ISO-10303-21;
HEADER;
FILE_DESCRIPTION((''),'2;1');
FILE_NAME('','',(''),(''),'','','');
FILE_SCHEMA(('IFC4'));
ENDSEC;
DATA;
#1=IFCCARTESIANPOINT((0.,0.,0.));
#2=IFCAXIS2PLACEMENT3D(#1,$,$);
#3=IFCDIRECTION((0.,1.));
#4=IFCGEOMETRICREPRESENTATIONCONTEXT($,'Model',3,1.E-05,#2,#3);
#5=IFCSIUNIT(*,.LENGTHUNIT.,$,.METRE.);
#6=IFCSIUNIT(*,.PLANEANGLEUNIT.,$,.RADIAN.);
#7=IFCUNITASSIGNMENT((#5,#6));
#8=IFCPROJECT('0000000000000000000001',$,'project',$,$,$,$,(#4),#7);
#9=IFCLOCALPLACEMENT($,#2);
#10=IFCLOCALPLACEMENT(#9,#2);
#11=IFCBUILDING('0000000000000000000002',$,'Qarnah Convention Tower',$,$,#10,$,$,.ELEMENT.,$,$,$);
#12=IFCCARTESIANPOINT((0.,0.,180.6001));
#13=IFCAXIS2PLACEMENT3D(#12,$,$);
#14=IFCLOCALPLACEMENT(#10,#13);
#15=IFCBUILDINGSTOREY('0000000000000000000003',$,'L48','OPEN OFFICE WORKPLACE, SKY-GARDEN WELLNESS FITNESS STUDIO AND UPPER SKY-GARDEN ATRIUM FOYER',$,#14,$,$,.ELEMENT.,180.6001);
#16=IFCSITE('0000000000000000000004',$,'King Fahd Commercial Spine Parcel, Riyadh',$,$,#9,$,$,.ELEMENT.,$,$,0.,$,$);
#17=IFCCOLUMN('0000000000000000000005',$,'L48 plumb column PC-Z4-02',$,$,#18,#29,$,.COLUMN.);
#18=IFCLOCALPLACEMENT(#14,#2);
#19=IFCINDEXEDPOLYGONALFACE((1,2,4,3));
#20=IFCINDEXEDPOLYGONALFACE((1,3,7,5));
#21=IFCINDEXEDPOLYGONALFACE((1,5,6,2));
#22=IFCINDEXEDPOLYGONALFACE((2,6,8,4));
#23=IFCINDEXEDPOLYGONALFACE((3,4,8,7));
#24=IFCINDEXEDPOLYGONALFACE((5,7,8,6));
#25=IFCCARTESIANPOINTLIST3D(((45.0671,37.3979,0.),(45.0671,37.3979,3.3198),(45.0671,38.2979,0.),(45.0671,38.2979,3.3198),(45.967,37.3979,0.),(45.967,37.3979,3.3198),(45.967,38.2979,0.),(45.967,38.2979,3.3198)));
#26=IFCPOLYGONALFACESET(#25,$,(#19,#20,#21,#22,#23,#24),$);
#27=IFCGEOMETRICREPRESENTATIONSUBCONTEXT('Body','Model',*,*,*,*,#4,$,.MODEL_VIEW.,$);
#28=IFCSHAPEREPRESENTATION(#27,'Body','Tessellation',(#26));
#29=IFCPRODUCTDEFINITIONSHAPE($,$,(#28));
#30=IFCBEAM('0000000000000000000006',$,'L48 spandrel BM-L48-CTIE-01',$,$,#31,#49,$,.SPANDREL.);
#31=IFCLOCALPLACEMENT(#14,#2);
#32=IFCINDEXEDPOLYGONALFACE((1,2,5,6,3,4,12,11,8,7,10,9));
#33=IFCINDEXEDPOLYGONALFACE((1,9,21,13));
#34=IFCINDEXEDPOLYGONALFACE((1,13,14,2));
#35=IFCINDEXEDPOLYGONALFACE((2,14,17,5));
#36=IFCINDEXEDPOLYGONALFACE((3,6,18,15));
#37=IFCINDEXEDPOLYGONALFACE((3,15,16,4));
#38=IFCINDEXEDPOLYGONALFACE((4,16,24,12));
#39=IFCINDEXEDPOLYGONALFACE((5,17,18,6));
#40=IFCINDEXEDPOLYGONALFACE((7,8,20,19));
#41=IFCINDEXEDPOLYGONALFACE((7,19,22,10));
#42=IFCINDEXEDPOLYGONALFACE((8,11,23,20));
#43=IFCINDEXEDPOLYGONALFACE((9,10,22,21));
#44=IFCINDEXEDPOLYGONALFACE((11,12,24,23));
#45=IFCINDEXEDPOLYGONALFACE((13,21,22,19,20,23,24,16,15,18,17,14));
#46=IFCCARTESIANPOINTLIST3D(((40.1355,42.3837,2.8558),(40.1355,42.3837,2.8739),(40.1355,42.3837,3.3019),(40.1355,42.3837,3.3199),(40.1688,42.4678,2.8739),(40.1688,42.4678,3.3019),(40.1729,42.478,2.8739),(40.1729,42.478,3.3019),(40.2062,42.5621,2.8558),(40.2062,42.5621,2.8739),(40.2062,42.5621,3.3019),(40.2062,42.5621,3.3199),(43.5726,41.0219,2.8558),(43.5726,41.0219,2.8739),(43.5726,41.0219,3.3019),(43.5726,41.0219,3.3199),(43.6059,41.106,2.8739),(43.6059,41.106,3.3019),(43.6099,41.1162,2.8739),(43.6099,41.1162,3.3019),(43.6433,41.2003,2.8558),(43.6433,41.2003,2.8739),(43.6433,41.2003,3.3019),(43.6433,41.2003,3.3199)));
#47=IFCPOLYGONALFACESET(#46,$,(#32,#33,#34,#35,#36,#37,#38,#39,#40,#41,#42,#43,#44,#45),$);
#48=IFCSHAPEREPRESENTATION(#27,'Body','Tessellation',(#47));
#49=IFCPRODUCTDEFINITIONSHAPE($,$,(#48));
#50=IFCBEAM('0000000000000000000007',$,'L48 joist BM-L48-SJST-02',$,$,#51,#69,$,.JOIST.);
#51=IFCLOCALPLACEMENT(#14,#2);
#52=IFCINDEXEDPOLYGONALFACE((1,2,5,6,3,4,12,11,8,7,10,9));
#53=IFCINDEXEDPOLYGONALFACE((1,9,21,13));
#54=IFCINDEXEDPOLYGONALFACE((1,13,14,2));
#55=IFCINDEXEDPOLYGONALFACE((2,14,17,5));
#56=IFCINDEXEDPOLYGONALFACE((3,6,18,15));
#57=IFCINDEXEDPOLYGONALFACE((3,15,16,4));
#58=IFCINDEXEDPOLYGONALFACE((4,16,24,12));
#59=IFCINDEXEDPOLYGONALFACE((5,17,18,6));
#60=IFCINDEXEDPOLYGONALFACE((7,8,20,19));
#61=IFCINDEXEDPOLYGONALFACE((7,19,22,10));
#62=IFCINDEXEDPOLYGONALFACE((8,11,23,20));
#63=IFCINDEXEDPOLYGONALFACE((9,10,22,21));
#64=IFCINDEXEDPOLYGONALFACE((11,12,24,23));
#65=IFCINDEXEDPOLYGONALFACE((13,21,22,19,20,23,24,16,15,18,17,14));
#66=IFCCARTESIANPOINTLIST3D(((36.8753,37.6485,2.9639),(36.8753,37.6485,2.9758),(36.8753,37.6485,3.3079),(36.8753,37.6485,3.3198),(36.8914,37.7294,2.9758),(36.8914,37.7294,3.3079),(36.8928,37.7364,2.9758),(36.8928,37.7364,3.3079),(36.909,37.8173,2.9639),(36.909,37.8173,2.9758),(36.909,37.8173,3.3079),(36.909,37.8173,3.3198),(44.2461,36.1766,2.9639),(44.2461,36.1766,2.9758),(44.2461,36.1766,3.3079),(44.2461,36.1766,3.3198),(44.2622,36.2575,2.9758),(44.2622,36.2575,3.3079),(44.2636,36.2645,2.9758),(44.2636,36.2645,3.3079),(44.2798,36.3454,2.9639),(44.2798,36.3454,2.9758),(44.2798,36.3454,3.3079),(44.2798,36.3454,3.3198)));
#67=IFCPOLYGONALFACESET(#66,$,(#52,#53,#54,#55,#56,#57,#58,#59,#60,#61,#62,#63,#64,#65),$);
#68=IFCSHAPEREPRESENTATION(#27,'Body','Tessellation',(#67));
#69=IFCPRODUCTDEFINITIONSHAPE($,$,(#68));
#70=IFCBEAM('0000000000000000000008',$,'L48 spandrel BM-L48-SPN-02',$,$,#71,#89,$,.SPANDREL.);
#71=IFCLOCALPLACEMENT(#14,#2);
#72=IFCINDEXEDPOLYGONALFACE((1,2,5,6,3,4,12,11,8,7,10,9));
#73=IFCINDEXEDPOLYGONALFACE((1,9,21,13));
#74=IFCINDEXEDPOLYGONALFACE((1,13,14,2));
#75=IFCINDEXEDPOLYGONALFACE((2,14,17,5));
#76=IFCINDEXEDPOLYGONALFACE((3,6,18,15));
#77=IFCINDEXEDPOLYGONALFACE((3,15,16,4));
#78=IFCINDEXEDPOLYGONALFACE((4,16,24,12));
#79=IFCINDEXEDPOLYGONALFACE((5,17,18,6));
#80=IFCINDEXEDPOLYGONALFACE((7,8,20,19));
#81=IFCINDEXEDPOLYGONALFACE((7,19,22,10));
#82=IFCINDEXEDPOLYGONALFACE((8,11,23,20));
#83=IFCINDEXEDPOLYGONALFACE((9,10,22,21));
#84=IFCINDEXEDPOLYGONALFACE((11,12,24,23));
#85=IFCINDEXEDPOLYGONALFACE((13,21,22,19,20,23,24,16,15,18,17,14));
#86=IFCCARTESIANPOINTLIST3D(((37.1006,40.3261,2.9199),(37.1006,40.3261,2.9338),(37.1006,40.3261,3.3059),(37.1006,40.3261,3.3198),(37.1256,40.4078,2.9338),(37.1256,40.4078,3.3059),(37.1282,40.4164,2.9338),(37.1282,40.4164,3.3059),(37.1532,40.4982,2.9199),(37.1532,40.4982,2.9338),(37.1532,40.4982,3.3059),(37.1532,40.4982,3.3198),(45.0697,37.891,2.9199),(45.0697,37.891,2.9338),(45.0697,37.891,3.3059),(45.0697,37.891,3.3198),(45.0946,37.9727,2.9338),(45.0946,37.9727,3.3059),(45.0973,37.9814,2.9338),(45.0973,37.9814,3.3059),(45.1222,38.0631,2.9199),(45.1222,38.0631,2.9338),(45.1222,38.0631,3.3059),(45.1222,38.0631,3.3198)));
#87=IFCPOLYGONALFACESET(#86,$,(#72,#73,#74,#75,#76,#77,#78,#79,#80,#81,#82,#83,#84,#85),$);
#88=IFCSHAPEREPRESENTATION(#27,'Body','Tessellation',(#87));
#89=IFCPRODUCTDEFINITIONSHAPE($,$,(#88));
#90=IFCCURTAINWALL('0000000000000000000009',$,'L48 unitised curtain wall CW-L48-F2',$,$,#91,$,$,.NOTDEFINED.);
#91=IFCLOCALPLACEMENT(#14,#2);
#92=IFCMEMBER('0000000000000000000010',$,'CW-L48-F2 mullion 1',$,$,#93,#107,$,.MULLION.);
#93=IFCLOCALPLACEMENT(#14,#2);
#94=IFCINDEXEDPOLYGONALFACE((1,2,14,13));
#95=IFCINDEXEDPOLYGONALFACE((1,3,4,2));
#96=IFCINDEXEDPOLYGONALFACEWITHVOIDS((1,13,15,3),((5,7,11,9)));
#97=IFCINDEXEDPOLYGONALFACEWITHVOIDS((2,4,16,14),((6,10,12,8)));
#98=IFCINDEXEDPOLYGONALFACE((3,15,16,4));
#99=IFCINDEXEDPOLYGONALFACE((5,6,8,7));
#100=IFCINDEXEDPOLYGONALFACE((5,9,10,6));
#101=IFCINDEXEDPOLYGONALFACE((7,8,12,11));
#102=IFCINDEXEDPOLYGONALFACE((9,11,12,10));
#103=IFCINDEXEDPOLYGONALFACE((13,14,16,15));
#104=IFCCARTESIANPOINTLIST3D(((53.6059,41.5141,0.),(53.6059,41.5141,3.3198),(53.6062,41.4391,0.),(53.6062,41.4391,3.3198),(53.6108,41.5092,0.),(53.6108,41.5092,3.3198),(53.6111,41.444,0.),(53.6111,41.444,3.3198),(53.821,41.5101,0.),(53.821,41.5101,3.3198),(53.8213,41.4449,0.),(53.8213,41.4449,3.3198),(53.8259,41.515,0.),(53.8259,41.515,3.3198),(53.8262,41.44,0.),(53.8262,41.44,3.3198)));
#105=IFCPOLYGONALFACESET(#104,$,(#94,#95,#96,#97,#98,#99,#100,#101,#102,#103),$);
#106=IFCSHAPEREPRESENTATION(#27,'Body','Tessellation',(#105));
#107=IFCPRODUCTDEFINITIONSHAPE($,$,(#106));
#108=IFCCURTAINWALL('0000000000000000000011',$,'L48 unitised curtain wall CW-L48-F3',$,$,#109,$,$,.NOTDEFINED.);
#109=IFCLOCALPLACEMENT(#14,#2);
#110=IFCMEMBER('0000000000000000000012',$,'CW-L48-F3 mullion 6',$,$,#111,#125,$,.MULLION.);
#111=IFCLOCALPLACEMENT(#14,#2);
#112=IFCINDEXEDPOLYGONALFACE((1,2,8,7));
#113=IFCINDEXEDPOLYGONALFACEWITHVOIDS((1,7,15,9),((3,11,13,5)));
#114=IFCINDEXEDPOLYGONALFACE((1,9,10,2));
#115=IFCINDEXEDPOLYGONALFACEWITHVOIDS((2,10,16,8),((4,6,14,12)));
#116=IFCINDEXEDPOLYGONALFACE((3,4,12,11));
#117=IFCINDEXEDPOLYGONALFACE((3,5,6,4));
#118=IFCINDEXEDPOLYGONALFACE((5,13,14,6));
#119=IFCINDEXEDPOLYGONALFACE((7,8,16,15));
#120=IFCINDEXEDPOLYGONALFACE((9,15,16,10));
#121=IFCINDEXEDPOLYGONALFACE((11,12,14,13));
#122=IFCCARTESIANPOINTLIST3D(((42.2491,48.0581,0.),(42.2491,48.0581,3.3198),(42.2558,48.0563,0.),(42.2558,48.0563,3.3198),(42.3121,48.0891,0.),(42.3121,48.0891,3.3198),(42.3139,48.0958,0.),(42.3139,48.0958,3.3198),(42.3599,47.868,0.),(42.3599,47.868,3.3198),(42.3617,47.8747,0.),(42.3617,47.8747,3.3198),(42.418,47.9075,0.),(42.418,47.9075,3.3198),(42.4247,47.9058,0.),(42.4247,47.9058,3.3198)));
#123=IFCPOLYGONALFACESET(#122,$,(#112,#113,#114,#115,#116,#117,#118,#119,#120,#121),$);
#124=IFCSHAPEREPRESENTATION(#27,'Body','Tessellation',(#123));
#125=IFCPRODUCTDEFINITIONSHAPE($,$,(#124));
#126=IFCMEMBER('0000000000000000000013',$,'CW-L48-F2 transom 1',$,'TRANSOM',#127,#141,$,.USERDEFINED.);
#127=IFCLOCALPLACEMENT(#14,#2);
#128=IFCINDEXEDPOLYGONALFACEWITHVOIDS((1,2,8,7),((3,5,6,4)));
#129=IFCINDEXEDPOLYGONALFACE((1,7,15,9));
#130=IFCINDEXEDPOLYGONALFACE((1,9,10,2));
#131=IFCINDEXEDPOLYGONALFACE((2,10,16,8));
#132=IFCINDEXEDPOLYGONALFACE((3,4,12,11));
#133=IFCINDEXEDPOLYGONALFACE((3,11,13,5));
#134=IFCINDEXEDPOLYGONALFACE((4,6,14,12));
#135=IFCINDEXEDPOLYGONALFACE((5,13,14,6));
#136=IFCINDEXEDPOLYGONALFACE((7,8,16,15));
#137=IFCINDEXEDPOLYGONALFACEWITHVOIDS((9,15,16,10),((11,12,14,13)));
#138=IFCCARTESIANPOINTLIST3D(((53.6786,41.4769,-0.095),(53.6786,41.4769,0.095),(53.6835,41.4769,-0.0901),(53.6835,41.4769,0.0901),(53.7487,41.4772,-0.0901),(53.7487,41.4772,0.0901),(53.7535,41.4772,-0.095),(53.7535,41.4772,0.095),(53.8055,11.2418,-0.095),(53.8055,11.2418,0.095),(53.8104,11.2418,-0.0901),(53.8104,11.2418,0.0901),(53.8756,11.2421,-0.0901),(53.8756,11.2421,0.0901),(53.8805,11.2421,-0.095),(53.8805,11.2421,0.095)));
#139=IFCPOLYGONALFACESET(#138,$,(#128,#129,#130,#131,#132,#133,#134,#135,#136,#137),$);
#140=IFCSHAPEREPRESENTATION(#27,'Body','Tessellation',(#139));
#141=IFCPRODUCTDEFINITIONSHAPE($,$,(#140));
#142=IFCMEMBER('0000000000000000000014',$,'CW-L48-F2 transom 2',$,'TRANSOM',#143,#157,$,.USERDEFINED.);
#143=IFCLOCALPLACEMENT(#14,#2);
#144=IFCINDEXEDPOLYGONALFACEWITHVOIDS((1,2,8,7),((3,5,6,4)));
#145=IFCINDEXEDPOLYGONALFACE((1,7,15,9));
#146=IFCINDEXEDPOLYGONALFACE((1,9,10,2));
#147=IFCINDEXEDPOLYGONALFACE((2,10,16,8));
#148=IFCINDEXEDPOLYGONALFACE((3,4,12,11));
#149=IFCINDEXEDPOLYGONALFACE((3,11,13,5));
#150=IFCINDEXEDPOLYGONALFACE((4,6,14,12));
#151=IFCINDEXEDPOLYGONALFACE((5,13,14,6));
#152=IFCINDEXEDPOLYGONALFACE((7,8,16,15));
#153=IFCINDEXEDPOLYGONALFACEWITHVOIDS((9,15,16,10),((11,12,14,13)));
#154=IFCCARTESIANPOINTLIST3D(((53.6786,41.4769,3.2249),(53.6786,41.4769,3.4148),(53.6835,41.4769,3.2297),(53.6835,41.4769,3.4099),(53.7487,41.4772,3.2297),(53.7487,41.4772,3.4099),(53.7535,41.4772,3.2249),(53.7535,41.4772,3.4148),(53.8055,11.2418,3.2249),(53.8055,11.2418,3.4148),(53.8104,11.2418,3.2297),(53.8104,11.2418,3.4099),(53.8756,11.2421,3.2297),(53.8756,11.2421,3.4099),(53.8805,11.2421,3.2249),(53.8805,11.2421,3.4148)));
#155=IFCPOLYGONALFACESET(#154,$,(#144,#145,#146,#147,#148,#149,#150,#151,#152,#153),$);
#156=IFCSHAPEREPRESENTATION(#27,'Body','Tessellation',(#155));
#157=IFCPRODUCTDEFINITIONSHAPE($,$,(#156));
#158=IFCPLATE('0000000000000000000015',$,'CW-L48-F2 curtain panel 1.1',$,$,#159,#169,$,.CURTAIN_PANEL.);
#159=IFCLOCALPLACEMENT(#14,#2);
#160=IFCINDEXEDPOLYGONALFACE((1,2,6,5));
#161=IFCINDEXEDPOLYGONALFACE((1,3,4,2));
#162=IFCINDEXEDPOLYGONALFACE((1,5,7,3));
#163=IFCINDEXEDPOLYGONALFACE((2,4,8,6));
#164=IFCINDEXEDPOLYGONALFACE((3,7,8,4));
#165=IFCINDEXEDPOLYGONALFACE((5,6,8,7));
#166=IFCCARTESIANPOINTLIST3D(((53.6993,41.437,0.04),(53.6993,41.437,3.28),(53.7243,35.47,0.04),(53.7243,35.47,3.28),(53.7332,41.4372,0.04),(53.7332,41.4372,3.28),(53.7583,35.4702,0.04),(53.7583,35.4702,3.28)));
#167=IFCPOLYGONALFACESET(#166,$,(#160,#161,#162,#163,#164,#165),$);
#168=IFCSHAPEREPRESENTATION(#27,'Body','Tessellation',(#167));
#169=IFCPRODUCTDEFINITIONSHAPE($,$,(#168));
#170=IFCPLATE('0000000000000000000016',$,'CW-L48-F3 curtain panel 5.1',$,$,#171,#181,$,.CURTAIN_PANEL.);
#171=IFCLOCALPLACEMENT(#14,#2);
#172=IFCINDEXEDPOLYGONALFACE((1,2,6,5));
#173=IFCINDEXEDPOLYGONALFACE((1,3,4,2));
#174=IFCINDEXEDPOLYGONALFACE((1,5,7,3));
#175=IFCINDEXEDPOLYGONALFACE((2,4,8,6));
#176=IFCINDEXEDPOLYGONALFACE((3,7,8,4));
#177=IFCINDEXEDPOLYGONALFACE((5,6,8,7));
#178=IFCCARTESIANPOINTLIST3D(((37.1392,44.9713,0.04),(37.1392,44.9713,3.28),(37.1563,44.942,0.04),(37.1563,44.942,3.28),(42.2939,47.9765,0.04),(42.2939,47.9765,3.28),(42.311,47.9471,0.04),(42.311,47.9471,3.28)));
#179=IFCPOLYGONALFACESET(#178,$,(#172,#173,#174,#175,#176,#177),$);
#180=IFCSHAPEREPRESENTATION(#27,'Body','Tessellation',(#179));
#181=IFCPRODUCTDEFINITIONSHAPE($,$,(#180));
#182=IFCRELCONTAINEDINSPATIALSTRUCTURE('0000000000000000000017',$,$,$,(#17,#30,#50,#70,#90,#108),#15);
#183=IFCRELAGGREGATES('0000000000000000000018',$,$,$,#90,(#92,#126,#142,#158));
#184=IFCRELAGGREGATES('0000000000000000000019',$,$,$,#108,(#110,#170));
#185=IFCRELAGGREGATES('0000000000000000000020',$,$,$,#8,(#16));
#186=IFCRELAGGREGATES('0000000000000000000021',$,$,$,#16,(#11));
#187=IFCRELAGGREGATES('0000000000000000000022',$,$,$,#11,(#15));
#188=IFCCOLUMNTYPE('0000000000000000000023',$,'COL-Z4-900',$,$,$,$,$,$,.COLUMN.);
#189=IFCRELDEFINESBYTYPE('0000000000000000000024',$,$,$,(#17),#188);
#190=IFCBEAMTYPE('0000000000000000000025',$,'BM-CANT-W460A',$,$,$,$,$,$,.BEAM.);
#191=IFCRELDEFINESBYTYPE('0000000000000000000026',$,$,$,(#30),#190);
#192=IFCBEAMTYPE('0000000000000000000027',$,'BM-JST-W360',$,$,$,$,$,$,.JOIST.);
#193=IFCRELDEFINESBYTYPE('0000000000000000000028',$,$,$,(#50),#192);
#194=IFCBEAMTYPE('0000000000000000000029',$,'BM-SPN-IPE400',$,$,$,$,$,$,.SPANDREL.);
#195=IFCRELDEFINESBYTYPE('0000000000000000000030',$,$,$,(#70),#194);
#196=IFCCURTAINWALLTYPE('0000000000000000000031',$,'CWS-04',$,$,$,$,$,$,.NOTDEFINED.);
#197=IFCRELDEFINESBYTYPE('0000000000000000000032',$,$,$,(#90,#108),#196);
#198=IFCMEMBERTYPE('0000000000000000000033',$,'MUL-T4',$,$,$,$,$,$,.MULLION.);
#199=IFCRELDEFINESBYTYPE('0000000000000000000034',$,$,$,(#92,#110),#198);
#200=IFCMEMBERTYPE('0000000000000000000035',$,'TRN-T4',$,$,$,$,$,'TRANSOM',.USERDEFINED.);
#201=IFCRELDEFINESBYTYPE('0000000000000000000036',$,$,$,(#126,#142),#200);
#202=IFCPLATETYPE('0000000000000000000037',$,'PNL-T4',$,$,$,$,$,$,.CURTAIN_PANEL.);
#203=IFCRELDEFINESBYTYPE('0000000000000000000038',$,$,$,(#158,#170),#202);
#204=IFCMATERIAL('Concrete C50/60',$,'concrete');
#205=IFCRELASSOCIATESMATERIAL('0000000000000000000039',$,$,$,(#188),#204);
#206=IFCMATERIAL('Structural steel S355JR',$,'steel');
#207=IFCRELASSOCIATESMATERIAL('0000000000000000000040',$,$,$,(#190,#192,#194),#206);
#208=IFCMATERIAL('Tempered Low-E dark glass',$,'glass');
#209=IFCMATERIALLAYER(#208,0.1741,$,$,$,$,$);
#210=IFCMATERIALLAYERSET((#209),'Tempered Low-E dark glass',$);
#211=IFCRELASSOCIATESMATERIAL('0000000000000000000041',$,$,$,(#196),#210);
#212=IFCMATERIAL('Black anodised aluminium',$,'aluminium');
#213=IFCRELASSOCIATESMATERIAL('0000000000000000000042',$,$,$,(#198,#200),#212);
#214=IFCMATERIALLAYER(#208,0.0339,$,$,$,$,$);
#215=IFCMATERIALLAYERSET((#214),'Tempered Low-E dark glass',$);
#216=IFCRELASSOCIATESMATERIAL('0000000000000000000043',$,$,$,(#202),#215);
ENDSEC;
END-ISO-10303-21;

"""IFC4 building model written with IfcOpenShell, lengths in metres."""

from ifc_helpers import new_model, si_unit, direction, frame, origin, origin_2d, place, context, subcontext, project, spatial, rectangle, hollow_rectangle, i_section, extrude, material, layer, layer_set, material_profile, profile_set, type_object, element, aggregate, save


model = new_model("IFC4")

# Units and contexts
model_context = context("Model", 3, precision=1e-05, world=origin(), true_north=direction((0.0, 1.0)))
body_context = subcontext(model_context, "Body", "Model", "MODEL_VIEW")
ifc_project = project(units=[si_unit("LENGTHUNIT", "METRE"), si_unit("PLANEANGLEUNIT", "RADIAN")], contexts=[model_context])

# Site, building, storey
site_placement = place(None, origin())
site = spatial("IfcSite", under=ifc_project, at=site_placement, Name="King Fahd Commercial Spine Parcel, Riyadh", CompositionType="ELEMENT", RefElevation=0.0)
building_placement = place(site_placement, origin())
building = spatial("IfcBuilding", under=site, at=building_placement, Name="Qarnah Convention Tower", CompositionType="ELEMENT")
storey_placement = place(building_placement, frame((0.0, 0.0, 180.6001)))
storey = spatial("IfcBuildingStorey", under=building, at=storey_placement, Name="L48", Description="OPEN OFFICE WORKPLACE, SKY-GARDEN WELLNESS FITNESS STUDIO AND UPPER SKY-GARDEN ATRIUM FOYER", CompositionType="ELEMENT", Elevation=180.6001)

# Column
ifc_material_1 = material(Name="Concrete C50/60", Category="concrete")
ifc_material_profile_1 = material_profile(ifc_material_1, rectangle(XDim=0.8999, YDim=0.8999, at=origin_2d()), Name="RC-COL-900X900")
ifc_profile_set_1 = profile_set([ifc_material_profile_1], Name="Concrete C50/60")
column_type = type_object("IfcColumnType", Name="COL-Z4-900", PredefinedType="COLUMN", material=ifc_profile_set_1)
column_placement = place(storey_placement, frame((45.5171, 37.8479, 0.0), z_axis=(0.0, 0.0, 1.0), x_axis=(1.0, 0.0, 0.0)))
element("IfcColumn", 1, at=column_placement, inside=storey, type_object=column_type, Name="L48 plumb column PC-Z4-02", PredefinedType="COLUMN", context=body_context, shape_type="SweptSolid", body=[
    extrude(rectangle(XDim=0.8999, YDim=0.8999, at=origin_2d()), origin(), (0.0, 0.0, 1.0), 3.3198),
])

# Beams
ifc_material_2 = material(Name="Structural steel S355JR", Category="steel")
ifc_material_profile_2 = material_profile(ifc_material_2, i_section(OverallWidth=0.1919, OverallDepth=0.4641, WebThickness=0.011, FlangeThickness=0.0181, at=origin_2d()), Name="W460X89")
ifc_profile_set_2 = profile_set([ifc_material_profile_2], Name="Structural steel S355JR")
beam_type_1 = type_object("IfcBeamType", Name="BM-CANT-W460A", PredefinedType="BEAM", material=ifc_profile_set_2)
beam_1_placement = place(storey_placement, frame((43.6079, 41.1111, 3.0879), z_axis=(-0.929683, 0.36836, 0.0), x_axis=(-0.36836, -0.929683, 0.0)))
element("IfcBeam", 2, at=beam_1_placement, inside=storey, type_object=beam_type_1, Name="L48 spandrel BM-L48-CTIE-01", PredefinedType="SPANDREL", context=body_context, shape_type="SweptSolid", body=[
    extrude(i_section(OverallWidth=0.1919, OverallDepth=0.4641, WebThickness=0.011, FlangeThickness=0.0181, at=origin_2d()), origin(), (0.0, 0.0, 1.0), 3.697),
])
ifc_material_profile_3 = material_profile(ifc_material_2, i_section(OverallWidth=0.1721, OverallDepth=0.356, WebThickness=0.0071, FlangeThickness=0.012, at=origin_2d()), Name="W360X51")
ifc_profile_set_3 = profile_set([ifc_material_profile_3], Name="Structural steel S355JR")
beam_type_2 = type_object("IfcBeamType", Name="BM-JST-W360", PredefinedType="JOIST", material=ifc_profile_set_3)
beam_2_placement = place(storey_placement, frame((44.2629, 36.261, 3.1418), z_axis=(-0.980638, 0.195829, 0.0), x_axis=(-0.195829, -0.980638, 0.0)))
element("IfcBeam", 3, at=beam_2_placement, inside=storey, type_object=beam_type_2, Name="L48 joist BM-L48-SJST-02", PredefinedType="JOIST", context=body_context, shape_type="SweptSolid", body=[
    extrude(i_section(OverallWidth=0.1721, OverallDepth=0.356, WebThickness=0.0071, FlangeThickness=0.012, at=origin_2d()), origin(), (0.0, 0.0, 1.0), 7.5164),
])
ifc_material_profile_4 = material_profile(ifc_material_2, i_section(OverallWidth=0.1799, OverallDepth=0.3999, WebThickness=0.009, FlangeThickness=0.0139, at=origin_2d()), Name="IPE400")
ifc_profile_set_4 = profile_set([ifc_material_profile_4], Name="Structural steel S355JR")
beam_type_3 = type_object("IfcBeamType", Name="BM-SPN-IPE400", PredefinedType="SPANDREL", material=ifc_profile_set_4)
beam_3_placement = place(storey_placement, frame((45.0959, 37.9771, 3.1199), z_axis=(-0.956349, 0.292228, 0.0), x_axis=(-0.292228, -0.956349, 0.0)))
element("IfcBeam", 4, at=beam_3_placement, inside=storey, type_object=beam_type_3, Name="L48 spandrel BM-L48-SPN-02", PredefinedType="SPANDREL", context=body_context, shape_type="SweptSolid", body=[
    extrude(i_section(OverallWidth=0.1799, OverallDepth=0.3999, WebThickness=0.009, FlangeThickness=0.0139, at=origin_2d()), origin(), (0.0, 0.0, 1.0), 8.3328),
])

# Curtain walls, members
ifc_material_3 = material(Name="Tempered Low-E dark glass", Category="glass")
ifc_layer_1 = layer(ifc_material_3, 0.1741)
ifc_layer_set_1 = layer_set([ifc_layer_1], Name="Tempered Low-E dark glass")
curtain_wall_type = type_object("IfcCurtainWallType", Name="CWS-04", PredefinedType="NOTDEFINED", material=ifc_layer_set_1)
curtain_wall_1_placement = place(storey_placement, origin())
curtain_wall_1 = element("IfcCurtainWall", 5, at=curtain_wall_1_placement, inside=storey, type_object=curtain_wall_type, Name="L48 unitised curtain wall CW-L48-F2", PredefinedType="NOTDEFINED")
ifc_material_4 = material(Name="Black anodised aluminium", Category="aluminium")
ifc_material_profile_5 = material_profile(ifc_material_4, hollow_rectangle(XDim=0.075, YDim=0.22, WallThickness=0.0049, at=origin_2d()), Name="MUL-75X220")
ifc_profile_set_5 = profile_set([ifc_material_profile_5], Name="Black anodised aluminium")
member_type_1 = type_object("IfcMemberType", Name="MUL-T4", PredefinedType="MULLION", material=ifc_profile_set_5)
member_1_placement = place(storey_placement, frame((53.7161, 41.4771, 0.0), z_axis=(0.0, 0.0, 1.0), x_axis=(0.0042, -0.999991, 0.0)))
member_1 = element("IfcMember", 6, at=member_1_placement, type_object=member_type_1, Name="CW-L48-F2 mullion 1", PredefinedType="MULLION", context=body_context, shape_type="SweptSolid", body=[
    extrude(hollow_rectangle(XDim=0.075, YDim=0.22, WallThickness=0.0049, at=origin_2d()), origin(), (0.0, 0.0, 1.0), 3.3198),
])
curtain_wall_2_placement = place(storey_placement, origin())
curtain_wall_2 = element("IfcCurtainWall", 7, at=curtain_wall_2_placement, inside=storey, type_object=curtain_wall_type, Name="L48 unitised curtain wall CW-L48-F3", PredefinedType="NOTDEFINED")
member_2_placement = place(storey_placement, frame((42.3369, 47.9819, 0.0), z_axis=(0.0, 0.0, 1.0), x_axis=(0.86391, 0.503647, 0.0)))
member_2 = element("IfcMember", 8, at=member_2_placement, type_object=member_type_1, Name="CW-L48-F3 mullion 6", PredefinedType="MULLION", context=body_context, shape_type="SweptSolid", body=[
    extrude(hollow_rectangle(XDim=0.075, YDim=0.22, WallThickness=0.0049, at=origin_2d()), origin(), (0.0, 0.0, 1.0), 3.3198),
])

# Members
ifc_material_profile_6 = material_profile(ifc_material_4, hollow_rectangle(XDim=0.075, YDim=0.1899, WallThickness=0.0049, at=origin_2d()), Name="TRN-75X190")
ifc_profile_set_6 = profile_set([ifc_material_profile_6], Name="Black anodised aluminium")
member_type_2 = type_object("IfcMemberType", Name="TRN-T4", ElementType="TRANSOM", PredefinedType="USERDEFINED", material=ifc_profile_set_6)
member_3_placement = place(storey_placement, frame((53.7161, 41.4771, 0.0), z_axis=(0.004199, -0.999991, 0.0), x_axis=(0.999991, 0.004199, 0.0)))
member_3 = element("IfcMember", 9, at=member_3_placement, type_object=member_type_2, Name="CW-L48-F2 transom 1", ObjectType="TRANSOM", PredefinedType="USERDEFINED", context=body_context, shape_type="SweptSolid", body=[
    extrude(hollow_rectangle(XDim=0.075, YDim=0.1899, WallThickness=0.0049, at=origin_2d()), origin(), (0.0, 0.0, 1.0), 30.2354),
])
member_4_placement = place(storey_placement, frame((53.7161, 41.4771, 3.3198), z_axis=(0.004199, -0.999991, 0.0), x_axis=(0.999991, 0.004199, 0.0)))
member_4 = element("IfcMember", 10, at=member_4_placement, type_object=member_type_2, Name="CW-L48-F2 transom 2", ObjectType="TRANSOM", PredefinedType="USERDEFINED", context=body_context, shape_type="SweptSolid", body=[
    extrude(hollow_rectangle(XDim=0.075, YDim=0.1899, WallThickness=0.0049, at=origin_2d()), origin(), (0.0, 0.0, 1.0), 30.2354),
])

# Plates
ifc_layer_2 = layer(ifc_material_3, 0.0339)
ifc_layer_set_2 = layer_set([ifc_layer_2], Name="Tempered Low-E dark glass")
plate_type_1 = type_object("IfcPlateType", Name="PNL-T4", PredefinedType="CURTAIN_PANEL", material=ifc_layer_set_2)
plate_1_placement = place(storey_placement, frame((53.7288, 38.4536, 0.04), z_axis=(0.0, 0.0, 1.0), x_axis=(0.0042, -0.999991, 0.0)))
plate_1 = element("IfcPlate", 11, at=plate_1_placement, type_object=plate_type_1, Name="CW-L48-F2 curtain panel 1.1", PredefinedType="CURTAIN_PANEL", context=body_context, shape_type="SweptSolid", body=[
    extrude(rectangle(XDim=5.967, YDim=0.0339, at=origin_2d()), origin(), (0.0, 0.0, 1.0), 3.24),
])
aggregate(curtain_wall_1, [member_1, member_3, member_4, plate_1])
plate_2_placement = place(storey_placement, frame((39.7251, 46.4592, 0.04), z_axis=(0.0, 0.0, 1.0), x_axis=(0.86391, 0.503647, 0.0)))
plate_2 = element("IfcPlate", 12, at=plate_2_placement, type_object=plate_type_1, Name="CW-L48-F3 curtain panel 5.1", PredefinedType="CURTAIN_PANEL", context=body_context, shape_type="SweptSolid", body=[
    extrude(rectangle(XDim=5.9668, YDim=0.0339, at=origin_2d()), origin(), (0.0, 0.0, 1.0), 3.24),
])
aggregate(curtain_wall_2, [member_2, plate_2])

save(model, "model.ifc")
